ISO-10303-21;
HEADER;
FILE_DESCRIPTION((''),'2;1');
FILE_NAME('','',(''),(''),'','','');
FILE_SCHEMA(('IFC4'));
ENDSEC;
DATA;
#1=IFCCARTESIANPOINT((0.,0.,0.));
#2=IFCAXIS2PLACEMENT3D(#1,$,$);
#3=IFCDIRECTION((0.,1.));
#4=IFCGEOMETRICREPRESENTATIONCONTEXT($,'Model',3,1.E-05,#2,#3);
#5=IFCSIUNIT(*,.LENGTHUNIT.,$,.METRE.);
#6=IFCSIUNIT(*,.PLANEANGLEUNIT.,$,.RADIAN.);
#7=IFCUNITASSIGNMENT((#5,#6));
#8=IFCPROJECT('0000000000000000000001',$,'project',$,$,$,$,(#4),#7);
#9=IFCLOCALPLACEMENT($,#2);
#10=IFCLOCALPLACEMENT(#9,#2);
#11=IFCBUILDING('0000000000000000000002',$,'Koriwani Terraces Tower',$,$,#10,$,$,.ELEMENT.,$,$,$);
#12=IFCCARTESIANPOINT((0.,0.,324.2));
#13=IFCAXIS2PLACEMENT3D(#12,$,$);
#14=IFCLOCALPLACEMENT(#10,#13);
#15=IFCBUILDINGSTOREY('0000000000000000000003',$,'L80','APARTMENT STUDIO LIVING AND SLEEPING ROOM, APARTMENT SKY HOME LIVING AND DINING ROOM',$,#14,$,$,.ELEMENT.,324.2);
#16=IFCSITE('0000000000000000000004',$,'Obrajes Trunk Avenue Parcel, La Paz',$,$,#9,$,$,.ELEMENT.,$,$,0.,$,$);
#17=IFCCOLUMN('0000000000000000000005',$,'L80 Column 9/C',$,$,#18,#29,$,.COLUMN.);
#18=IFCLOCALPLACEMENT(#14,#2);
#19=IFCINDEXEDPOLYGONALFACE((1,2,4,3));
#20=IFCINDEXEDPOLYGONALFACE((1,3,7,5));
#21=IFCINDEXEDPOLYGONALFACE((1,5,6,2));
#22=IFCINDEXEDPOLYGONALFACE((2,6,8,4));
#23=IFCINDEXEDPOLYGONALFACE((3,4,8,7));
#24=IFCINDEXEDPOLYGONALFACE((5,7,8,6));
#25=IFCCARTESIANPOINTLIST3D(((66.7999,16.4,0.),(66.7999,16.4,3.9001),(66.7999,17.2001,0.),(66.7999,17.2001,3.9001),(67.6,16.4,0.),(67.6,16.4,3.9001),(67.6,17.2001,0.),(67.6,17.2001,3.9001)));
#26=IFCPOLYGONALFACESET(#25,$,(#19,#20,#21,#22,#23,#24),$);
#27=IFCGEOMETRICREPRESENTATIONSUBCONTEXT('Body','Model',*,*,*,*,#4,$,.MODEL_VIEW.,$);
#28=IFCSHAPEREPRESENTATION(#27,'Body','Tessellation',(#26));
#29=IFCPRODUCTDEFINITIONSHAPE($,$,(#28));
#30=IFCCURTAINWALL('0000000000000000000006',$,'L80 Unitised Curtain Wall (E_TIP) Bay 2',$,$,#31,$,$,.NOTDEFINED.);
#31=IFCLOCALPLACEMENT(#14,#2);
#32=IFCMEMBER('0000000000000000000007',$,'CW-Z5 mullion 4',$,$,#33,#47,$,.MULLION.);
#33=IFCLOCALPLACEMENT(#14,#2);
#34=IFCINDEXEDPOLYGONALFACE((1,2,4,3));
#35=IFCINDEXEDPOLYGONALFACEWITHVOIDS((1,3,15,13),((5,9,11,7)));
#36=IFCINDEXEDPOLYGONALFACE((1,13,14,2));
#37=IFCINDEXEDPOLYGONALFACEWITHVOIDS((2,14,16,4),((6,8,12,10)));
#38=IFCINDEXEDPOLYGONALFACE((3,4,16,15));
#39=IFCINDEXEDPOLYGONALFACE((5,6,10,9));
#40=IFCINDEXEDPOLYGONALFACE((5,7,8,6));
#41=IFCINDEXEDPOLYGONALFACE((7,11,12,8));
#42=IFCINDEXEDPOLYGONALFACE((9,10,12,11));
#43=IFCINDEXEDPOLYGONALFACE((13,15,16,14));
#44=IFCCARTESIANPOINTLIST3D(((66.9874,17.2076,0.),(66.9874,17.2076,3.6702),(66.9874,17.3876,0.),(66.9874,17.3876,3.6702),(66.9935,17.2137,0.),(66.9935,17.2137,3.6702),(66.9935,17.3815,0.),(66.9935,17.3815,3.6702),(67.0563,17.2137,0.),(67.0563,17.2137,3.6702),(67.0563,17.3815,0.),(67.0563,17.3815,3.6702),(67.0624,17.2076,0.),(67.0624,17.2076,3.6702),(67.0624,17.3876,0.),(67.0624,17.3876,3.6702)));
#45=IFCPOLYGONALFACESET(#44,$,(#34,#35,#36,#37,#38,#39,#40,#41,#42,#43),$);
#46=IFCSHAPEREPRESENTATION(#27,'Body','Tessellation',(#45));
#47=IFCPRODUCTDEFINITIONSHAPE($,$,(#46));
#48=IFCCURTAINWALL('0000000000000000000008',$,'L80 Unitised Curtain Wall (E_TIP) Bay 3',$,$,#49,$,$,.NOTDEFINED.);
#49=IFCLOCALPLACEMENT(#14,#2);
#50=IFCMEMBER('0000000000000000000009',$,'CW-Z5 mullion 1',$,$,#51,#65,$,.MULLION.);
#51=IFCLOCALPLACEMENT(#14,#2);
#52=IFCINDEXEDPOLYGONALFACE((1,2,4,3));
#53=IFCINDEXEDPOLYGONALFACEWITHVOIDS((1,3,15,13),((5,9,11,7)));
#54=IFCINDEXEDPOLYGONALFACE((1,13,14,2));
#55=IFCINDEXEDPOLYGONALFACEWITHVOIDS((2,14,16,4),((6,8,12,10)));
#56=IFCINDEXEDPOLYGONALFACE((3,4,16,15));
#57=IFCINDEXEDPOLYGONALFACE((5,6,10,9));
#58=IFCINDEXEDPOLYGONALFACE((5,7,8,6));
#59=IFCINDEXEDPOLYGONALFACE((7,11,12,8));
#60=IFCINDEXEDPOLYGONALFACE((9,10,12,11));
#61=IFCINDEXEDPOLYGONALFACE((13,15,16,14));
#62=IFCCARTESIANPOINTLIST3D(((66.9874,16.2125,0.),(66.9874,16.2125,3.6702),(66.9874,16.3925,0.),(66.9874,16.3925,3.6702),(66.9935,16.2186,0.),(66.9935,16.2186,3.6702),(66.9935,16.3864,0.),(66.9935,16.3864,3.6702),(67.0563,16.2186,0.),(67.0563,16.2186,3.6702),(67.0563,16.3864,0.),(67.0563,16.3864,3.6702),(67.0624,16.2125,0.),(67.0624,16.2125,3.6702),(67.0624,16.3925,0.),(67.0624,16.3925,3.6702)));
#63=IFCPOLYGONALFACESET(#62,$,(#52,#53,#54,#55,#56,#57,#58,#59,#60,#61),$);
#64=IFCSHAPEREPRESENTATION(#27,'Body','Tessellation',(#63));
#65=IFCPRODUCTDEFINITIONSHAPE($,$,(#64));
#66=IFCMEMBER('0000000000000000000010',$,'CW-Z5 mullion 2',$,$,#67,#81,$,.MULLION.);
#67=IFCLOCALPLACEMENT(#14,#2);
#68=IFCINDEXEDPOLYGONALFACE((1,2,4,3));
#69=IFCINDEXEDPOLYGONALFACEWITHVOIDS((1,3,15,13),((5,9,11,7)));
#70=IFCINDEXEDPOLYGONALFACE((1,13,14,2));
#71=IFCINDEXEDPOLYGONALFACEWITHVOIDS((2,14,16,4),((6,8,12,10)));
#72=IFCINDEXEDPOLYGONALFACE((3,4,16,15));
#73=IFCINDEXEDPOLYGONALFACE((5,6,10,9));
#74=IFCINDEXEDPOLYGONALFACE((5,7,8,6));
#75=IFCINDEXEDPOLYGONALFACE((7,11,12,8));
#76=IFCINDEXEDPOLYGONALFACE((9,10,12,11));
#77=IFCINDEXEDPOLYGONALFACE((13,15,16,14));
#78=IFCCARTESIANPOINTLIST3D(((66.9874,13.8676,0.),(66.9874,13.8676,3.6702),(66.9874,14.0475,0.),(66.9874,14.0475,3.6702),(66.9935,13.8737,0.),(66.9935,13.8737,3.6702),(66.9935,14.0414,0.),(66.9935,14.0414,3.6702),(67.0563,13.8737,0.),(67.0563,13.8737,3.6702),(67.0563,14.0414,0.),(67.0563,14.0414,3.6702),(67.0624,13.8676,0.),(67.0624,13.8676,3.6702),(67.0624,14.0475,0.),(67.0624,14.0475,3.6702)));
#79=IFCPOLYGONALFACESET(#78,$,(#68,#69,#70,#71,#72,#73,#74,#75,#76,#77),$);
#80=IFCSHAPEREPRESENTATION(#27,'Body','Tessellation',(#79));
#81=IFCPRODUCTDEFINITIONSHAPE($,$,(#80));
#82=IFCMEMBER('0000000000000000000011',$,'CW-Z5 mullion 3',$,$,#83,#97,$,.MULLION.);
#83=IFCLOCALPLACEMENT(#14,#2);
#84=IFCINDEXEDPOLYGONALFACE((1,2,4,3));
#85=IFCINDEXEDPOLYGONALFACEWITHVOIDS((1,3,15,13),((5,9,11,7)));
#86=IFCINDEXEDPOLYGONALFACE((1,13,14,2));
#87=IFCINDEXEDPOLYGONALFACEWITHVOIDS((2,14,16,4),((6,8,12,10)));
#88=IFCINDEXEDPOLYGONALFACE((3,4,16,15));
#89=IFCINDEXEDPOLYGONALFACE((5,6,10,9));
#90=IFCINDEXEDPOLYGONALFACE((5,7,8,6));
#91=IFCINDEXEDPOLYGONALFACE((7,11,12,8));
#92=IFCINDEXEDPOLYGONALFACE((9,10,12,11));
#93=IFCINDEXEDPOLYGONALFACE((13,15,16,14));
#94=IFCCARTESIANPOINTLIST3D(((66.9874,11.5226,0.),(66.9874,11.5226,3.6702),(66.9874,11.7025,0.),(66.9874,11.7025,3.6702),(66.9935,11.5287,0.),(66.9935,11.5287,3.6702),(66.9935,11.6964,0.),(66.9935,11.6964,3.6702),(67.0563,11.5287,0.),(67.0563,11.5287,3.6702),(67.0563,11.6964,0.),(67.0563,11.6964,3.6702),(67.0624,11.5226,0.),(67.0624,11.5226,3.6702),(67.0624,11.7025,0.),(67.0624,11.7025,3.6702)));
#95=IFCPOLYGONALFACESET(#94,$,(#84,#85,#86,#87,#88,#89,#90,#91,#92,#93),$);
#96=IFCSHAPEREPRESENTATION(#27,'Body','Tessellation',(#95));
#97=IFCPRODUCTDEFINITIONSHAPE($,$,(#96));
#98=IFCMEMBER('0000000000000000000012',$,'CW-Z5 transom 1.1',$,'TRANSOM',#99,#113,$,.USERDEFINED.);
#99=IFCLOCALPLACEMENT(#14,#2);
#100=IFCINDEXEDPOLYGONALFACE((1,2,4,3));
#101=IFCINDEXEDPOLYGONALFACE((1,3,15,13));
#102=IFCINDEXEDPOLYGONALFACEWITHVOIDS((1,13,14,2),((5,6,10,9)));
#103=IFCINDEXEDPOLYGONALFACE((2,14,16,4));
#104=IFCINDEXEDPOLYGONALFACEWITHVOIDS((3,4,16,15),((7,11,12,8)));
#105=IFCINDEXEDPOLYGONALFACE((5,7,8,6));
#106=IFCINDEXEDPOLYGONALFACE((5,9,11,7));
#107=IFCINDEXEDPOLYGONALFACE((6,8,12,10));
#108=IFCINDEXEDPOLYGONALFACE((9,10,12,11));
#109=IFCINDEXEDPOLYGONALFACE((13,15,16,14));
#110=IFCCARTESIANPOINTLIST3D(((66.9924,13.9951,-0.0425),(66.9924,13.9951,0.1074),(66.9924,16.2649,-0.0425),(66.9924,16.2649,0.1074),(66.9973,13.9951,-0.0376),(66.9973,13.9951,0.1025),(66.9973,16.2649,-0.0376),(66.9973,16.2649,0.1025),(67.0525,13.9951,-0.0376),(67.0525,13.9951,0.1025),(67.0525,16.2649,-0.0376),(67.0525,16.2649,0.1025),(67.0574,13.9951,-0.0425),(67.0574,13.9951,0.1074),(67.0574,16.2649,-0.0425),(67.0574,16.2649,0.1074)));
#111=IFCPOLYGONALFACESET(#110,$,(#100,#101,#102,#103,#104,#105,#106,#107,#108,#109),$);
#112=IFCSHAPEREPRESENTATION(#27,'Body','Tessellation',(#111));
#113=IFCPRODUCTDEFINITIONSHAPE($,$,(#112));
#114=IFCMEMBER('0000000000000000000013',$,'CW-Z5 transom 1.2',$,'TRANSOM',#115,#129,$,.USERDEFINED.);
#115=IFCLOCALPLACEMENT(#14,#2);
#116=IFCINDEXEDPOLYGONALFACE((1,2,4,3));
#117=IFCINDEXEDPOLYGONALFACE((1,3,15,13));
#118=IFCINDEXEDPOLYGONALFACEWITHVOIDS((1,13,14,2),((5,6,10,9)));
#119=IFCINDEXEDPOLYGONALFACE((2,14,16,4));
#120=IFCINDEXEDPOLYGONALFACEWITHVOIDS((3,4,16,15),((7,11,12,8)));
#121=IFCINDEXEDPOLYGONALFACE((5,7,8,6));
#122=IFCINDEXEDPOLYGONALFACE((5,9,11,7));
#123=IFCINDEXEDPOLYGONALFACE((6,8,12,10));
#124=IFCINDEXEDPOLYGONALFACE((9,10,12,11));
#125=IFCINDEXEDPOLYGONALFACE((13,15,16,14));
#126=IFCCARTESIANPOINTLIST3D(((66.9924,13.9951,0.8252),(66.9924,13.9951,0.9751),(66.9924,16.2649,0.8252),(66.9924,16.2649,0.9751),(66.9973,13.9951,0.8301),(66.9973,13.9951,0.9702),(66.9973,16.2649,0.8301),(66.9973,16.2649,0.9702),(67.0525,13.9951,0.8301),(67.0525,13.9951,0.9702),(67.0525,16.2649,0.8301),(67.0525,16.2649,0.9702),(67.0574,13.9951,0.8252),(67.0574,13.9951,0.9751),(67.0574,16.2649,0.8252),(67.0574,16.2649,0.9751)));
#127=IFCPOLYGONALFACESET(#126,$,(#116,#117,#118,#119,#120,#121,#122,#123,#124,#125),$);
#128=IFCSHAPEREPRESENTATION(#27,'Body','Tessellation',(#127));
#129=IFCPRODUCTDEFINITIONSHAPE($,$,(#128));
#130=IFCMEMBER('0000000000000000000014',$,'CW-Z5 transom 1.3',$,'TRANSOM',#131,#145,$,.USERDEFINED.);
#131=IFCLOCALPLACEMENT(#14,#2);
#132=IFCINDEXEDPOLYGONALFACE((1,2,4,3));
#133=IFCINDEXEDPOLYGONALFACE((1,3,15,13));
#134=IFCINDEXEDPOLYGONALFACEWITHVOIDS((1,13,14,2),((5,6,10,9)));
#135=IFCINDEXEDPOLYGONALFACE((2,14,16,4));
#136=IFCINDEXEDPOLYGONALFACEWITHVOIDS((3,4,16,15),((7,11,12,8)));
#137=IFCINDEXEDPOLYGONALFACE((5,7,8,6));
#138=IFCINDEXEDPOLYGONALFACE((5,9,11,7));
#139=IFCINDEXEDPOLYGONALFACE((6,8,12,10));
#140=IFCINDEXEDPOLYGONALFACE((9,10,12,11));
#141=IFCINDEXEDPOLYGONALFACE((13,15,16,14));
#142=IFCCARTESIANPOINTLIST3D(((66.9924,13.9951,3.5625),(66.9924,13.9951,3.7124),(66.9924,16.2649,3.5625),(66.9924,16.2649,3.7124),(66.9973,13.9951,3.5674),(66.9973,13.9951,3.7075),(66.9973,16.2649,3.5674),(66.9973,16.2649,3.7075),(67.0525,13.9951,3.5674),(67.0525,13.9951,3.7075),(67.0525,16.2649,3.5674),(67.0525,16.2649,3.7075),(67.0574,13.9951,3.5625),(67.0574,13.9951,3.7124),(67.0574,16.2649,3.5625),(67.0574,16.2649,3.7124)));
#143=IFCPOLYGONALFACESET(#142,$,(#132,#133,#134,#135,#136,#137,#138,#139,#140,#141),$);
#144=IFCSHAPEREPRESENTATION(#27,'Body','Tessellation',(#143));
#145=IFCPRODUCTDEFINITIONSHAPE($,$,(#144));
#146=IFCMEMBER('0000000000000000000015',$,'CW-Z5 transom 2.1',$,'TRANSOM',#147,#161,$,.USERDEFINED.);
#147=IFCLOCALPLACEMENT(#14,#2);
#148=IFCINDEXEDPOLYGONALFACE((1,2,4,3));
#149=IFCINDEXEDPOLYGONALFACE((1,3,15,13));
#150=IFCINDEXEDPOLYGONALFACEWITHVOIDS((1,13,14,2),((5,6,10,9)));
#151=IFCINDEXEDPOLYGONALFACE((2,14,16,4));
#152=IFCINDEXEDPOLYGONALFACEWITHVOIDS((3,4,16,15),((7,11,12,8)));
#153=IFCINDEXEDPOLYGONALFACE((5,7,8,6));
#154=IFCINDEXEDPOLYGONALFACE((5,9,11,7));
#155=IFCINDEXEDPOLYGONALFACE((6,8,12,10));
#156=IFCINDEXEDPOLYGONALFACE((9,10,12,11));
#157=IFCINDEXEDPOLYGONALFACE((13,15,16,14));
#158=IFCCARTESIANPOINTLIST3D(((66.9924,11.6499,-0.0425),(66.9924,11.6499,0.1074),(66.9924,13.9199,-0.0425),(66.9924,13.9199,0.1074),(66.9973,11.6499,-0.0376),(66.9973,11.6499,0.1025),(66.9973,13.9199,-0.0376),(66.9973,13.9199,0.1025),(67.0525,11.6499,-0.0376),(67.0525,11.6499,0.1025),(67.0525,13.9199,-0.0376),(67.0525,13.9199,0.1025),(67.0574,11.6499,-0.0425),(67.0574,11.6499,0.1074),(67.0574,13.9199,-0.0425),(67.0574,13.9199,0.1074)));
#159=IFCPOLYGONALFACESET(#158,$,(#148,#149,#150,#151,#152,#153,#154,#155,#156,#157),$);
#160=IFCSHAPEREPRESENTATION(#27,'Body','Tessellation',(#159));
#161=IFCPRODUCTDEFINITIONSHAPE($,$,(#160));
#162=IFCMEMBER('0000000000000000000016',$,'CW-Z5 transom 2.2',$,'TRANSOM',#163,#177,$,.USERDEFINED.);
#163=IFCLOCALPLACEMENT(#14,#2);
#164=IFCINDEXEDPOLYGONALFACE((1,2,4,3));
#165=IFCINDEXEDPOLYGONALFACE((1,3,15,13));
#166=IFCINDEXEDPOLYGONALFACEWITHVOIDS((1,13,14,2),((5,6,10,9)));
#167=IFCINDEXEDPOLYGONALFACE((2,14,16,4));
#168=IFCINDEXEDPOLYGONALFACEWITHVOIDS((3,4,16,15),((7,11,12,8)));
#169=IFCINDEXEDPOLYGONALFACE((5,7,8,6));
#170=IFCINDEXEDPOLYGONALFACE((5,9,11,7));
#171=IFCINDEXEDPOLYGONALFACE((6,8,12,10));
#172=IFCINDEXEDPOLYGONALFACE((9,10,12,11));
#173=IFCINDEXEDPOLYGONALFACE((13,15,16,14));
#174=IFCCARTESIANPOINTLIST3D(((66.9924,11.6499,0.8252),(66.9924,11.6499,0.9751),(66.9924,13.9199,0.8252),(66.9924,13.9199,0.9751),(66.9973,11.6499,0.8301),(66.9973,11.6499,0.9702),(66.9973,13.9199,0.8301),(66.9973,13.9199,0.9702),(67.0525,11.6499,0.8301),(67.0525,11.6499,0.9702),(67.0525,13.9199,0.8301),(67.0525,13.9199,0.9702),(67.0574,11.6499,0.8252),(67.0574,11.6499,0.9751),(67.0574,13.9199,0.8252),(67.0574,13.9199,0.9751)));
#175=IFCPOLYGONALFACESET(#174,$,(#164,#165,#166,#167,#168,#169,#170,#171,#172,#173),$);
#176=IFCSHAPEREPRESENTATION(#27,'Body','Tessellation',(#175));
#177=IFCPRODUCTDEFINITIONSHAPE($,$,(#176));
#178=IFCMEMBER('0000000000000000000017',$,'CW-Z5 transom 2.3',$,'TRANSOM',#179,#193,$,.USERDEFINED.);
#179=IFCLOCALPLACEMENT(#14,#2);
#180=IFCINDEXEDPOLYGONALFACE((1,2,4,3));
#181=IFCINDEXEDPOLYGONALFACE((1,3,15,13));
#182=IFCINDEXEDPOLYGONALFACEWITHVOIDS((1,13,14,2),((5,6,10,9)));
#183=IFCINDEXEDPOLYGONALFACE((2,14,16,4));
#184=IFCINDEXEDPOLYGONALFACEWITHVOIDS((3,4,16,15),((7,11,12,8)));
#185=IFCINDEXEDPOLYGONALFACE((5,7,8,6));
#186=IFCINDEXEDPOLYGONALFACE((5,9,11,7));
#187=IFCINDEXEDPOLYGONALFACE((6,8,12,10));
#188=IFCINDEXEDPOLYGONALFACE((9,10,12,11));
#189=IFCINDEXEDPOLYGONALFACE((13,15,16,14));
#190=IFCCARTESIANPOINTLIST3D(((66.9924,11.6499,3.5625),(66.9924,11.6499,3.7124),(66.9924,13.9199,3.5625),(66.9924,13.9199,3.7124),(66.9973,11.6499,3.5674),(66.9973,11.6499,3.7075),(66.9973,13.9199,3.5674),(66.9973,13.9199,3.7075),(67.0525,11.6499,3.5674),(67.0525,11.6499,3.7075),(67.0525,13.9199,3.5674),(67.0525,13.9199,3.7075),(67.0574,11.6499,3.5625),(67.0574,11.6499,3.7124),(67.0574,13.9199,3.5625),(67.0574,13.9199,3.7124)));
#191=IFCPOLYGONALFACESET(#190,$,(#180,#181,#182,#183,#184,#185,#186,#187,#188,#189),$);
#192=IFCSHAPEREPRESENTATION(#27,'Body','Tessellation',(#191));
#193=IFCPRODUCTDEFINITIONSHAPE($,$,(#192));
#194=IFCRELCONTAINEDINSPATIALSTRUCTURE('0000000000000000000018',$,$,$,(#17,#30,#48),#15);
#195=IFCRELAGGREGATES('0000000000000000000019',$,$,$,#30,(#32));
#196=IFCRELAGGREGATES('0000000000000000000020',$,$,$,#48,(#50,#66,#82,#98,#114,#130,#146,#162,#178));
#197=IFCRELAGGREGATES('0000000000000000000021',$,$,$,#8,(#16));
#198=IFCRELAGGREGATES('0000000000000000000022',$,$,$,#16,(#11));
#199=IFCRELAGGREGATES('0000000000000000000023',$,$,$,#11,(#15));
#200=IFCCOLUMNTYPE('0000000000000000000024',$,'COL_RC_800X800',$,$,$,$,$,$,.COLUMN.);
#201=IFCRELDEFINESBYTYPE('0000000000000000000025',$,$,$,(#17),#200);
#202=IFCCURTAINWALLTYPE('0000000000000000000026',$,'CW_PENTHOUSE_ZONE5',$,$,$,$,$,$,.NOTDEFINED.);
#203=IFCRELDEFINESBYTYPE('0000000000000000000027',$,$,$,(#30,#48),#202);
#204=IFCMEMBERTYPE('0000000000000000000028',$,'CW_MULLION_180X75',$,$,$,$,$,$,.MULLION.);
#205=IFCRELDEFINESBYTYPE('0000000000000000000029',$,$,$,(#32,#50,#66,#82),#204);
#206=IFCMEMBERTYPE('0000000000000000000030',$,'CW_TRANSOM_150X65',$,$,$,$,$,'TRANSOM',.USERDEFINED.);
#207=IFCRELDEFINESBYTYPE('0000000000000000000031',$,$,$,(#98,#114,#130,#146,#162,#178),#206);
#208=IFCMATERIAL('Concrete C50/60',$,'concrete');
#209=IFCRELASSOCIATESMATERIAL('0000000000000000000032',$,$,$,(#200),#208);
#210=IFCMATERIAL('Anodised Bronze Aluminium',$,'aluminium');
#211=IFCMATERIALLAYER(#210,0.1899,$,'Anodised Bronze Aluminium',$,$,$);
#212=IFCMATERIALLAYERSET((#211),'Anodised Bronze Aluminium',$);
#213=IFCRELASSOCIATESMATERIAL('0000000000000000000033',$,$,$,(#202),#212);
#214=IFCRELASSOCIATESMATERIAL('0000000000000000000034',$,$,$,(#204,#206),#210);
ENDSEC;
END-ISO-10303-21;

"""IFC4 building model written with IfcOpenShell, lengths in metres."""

from ifc_helpers import new_model, si_unit, direction, frame, origin, origin_2d, place, context, subcontext, project, spatial, rectangle, hollow_rectangle, extrude, material, layer, layer_set, material_profile, profile_set, type_object, element, aggregate, save


model = new_model("IFC4")

# Units and contexts
model_context = context("Model", 3, precision=1e-05, world=origin(), true_north=direction((0.0, 1.0)))
body_context = subcontext(model_context, "Body", "Model", "MODEL_VIEW")
ifc_project = project(units=[si_unit("LENGTHUNIT", "METRE"), si_unit("PLANEANGLEUNIT", "RADIAN")], contexts=[model_context])

# Site, building, storey
site_placement = place(None, origin())
site = spatial("IfcSite", under=ifc_project, at=site_placement, Name="Obrajes Trunk Avenue Parcel, La Paz", CompositionType="ELEMENT", RefElevation=0.0)
building_placement = place(site_placement, origin())
building = spatial("IfcBuilding", under=site, at=building_placement, Name="Koriwani Terraces Tower", CompositionType="ELEMENT")
storey_placement = place(building_placement, frame((0.0, 0.0, 324.2)))
storey = spatial("IfcBuildingStorey", under=building, at=storey_placement, Name="L80", Description="APARTMENT STUDIO LIVING AND SLEEPING ROOM, APARTMENT SKY HOME LIVING AND DINING ROOM", CompositionType="ELEMENT", Elevation=324.2)

# Column
ifc_material_1 = material(Name="Concrete C50/60", Category="concrete")
ifc_material_profile_1 = material_profile(ifc_material_1, rectangle(XDim=0.8, YDim=0.8, at=origin_2d()), Name="Concrete C50/60", Category="LoadBearing")
ifc_profile_set_1 = profile_set([ifc_material_profile_1], Name="Concrete C50/60")
column_type = type_object("IfcColumnType", Name="COL_RC_800X800", PredefinedType="COLUMN", material=ifc_profile_set_1)
column_placement = place(storey_placement, frame((67.2, 16.8, 0.0), z_axis=(0.0, 0.0, 1.0), x_axis=(1.0, 0.0, 0.0)))
element("IfcColumn", 1, at=column_placement, inside=storey, type_object=column_type, Name="L80 Column 9/C", PredefinedType="COLUMN", context=body_context, shape_type="SweptSolid", body=[
    extrude(rectangle(XDim=0.8, YDim=0.8, at=origin_2d()), origin(), (0.0, 0.0, 1.0), 3.9001),
])

# Curtain wall, member
ifc_material_2 = material(Name="Anodised Bronze Aluminium", Category="aluminium")
ifc_layer_1 = layer(ifc_material_2, 0.1899, Name="Anodised Bronze Aluminium")
ifc_layer_set_1 = layer_set([ifc_layer_1], Name="Anodised Bronze Aluminium")
curtain_wall_type = type_object("IfcCurtainWallType", Name="CW_PENTHOUSE_ZONE5", PredefinedType="NOTDEFINED", material=ifc_layer_set_1)
curtain_wall_1_placement = place(storey_placement, origin())
curtain_wall_1 = element("IfcCurtainWall", 2, at=curtain_wall_1_placement, inside=storey, type_object=curtain_wall_type, Name="L80 Unitised Curtain Wall (E_TIP) Bay 2", PredefinedType="NOTDEFINED")
ifc_material_profile_2 = material_profile(ifc_material_2, hollow_rectangle(XDim=0.075, YDim=0.1799, WallThickness=0.0061, at=origin_2d()), Name="Anodised Bronze Aluminium", Category="LoadBearing")
ifc_profile_set_2 = profile_set([ifc_material_profile_2], Name="Anodised Bronze Aluminium")
member_type_1 = type_object("IfcMemberType", Name="CW_MULLION_180X75", PredefinedType="MULLION", material=ifc_profile_set_2)
member_1_placement = place(storey_placement, frame((67.0249, 17.2976, 0.0), z_axis=(0.0, 0.0, 1.0), x_axis=(1.0, 0.0, 0.0)))
member_1 = element("IfcMember", 3, at=member_1_placement, type_object=member_type_1, Name="CW-Z5 mullion 4", PredefinedType="MULLION", context=body_context, shape_type="SweptSolid", body=[
    extrude(hollow_rectangle(XDim=0.075, YDim=0.1799, WallThickness=0.0061, at=origin_2d()), origin(), (0.0, 0.0, 1.0), 3.6702),
])

# Curtain wall, members
curtain_wall_2_placement = place(storey_placement, origin())
curtain_wall_2 = element("IfcCurtainWall", 4, at=curtain_wall_2_placement, inside=storey, type_object=curtain_wall_type, Name="L80 Unitised Curtain Wall (E_TIP) Bay 3", PredefinedType="NOTDEFINED")
member_2_placement = place(storey_placement, frame((67.0249, 16.3025, 0.0), z_axis=(0.0, 0.0, 1.0), x_axis=(1.0, 0.0, 0.0)))
member_2 = element("IfcMember", 5, at=member_2_placement, type_object=member_type_1, Name="CW-Z5 mullion 1", PredefinedType="MULLION", context=body_context, shape_type="SweptSolid", body=[
    extrude(hollow_rectangle(XDim=0.075, YDim=0.1799, WallThickness=0.0061, at=origin_2d()), origin(), (0.0, 0.0, 1.0), 3.6702),
])
member_3_placement = place(storey_placement, frame((67.0249, 13.9575, 0.0), z_axis=(0.0, 0.0, 1.0), x_axis=(1.0, 0.0, 0.0)))
member_3 = element("IfcMember", 6, at=member_3_placement, type_object=member_type_1, Name="CW-Z5 mullion 2", PredefinedType="MULLION", context=body_context, shape_type="SweptSolid", body=[
    extrude(hollow_rectangle(XDim=0.075, YDim=0.1799, WallThickness=0.0061, at=origin_2d()), origin(), (0.0, 0.0, 1.0), 3.6702),
])
member_4_placement = place(storey_placement, frame((67.0249, 11.6125, 0.0), z_axis=(0.0, 0.0, 1.0), x_axis=(1.0, 0.0, 0.0)))
member_4 = element("IfcMember", 7, at=member_4_placement, type_object=member_type_1, Name="CW-Z5 mullion 3", PredefinedType="MULLION", context=body_context, shape_type="SweptSolid", body=[
    extrude(hollow_rectangle(XDim=0.075, YDim=0.1799, WallThickness=0.0061, at=origin_2d()), origin(), (0.0, 0.0, 1.0), 3.6702),
])
ifc_material_profile_3 = material_profile(ifc_material_2, hollow_rectangle(XDim=0.0649, YDim=0.1499, WallThickness=0.0049, at=origin_2d()), Name="Anodised Bronze Aluminium", Category="LoadBearing")
ifc_profile_set_3 = profile_set([ifc_material_profile_3], Name="Anodised Bronze Aluminium")
member_type_2 = type_object("IfcMemberType", Name="CW_TRANSOM_150X65", ElementType="TRANSOM", PredefinedType="USERDEFINED", material=ifc_profile_set_3)
member_5_placement = place(storey_placement, frame((67.0249, 16.2649, 0.0325), z_axis=(0.0, -1.0, 0.0), x_axis=(1.0, 0.0, 0.0)))
member_5 = element("IfcMember", 8, at=member_5_placement, type_object=member_type_2, Name="CW-Z5 transom 1.1", ObjectType="TRANSOM", PredefinedType="USERDEFINED", context=body_context, shape_type="SweptSolid", body=[
    extrude(hollow_rectangle(XDim=0.0649, YDim=0.1499, WallThickness=0.0049, at=origin_2d()), origin(), (0.0, 0.0, 1.0), 2.2698),
])
member_6_placement = place(storey_placement, frame((67.0249, 16.2649, 0.9001), z_axis=(0.0, -1.0, 0.0), x_axis=(1.0, 0.0, 0.0)))
member_6 = element("IfcMember", 9, at=member_6_placement, type_object=member_type_2, Name="CW-Z5 transom 1.2", ObjectType="TRANSOM", PredefinedType="USERDEFINED", context=body_context, shape_type="SweptSolid", body=[
    extrude(hollow_rectangle(XDim=0.0649, YDim=0.1499, WallThickness=0.0049, at=origin_2d()), origin(), (0.0, 0.0, 1.0), 2.2698),
])
member_7_placement = place(storey_placement, frame((67.0249, 16.2649, 3.6375), z_axis=(0.0, -1.0, 0.0), x_axis=(1.0, 0.0, 0.0)))
member_7 = element("IfcMember", 10, at=member_7_placement, type_object=member_type_2, Name="CW-Z5 transom 1.3", ObjectType="TRANSOM", PredefinedType="USERDEFINED", context=body_context, shape_type="SweptSolid", body=[
    extrude(hollow_rectangle(XDim=0.0649, YDim=0.1499, WallThickness=0.0049, at=origin_2d()), origin(), (0.0, 0.0, 1.0), 2.2698),
])
member_8_placement = place(storey_placement, frame((67.0249, 13.9199, 0.0325), z_axis=(0.0, -1.0, 0.0), x_axis=(1.0, 0.0, 0.0)))
member_8 = element("IfcMember", 11, at=member_8_placement, type_object=member_type_2, Name="CW-Z5 transom 2.1", ObjectType="TRANSOM", PredefinedType="USERDEFINED", context=body_context, shape_type="SweptSolid", body=[
    extrude(hollow_rectangle(XDim=0.0649, YDim=0.1499, WallThickness=0.0049, at=origin_2d()), origin(), (0.0, 0.0, 1.0), 2.27),
])
member_9_placement = place(storey_placement, frame((67.0249, 13.9199, 0.9001), z_axis=(0.0, -1.0, 0.0), x_axis=(1.0, 0.0, 0.0)))
member_9 = element("IfcMember", 12, at=member_9_placement, type_object=member_type_2, Name="CW-Z5 transom 2.2", ObjectType="TRANSOM", PredefinedType="USERDEFINED", context=body_context, shape_type="SweptSolid", body=[
    extrude(hollow_rectangle(XDim=0.0649, YDim=0.1499, WallThickness=0.0049, at=origin_2d()), origin(), (0.0, 0.0, 1.0), 2.27),
])
member_10_placement = place(storey_placement, frame((67.0249, 13.9199, 3.6375), z_axis=(0.0, -1.0, 0.0), x_axis=(1.0, 0.0, 0.0)))
member_10 = element("IfcMember", 13, at=member_10_placement, type_object=member_type_2, Name="CW-Z5 transom 2.3", ObjectType="TRANSOM", PredefinedType="USERDEFINED", context=body_context, shape_type="SweptSolid", body=[
    extrude(hollow_rectangle(XDim=0.0649, YDim=0.1499, WallThickness=0.0049, at=origin_2d()), origin(), (0.0, 0.0, 1.0), 2.27),
])

aggregate(curtain_wall_1, [member_1])
aggregate(curtain_wall_2, [member_2, member_3, member_4, member_5, member_6, member_7, member_8, member_9, member_10])

save(model, "model.ifc")
